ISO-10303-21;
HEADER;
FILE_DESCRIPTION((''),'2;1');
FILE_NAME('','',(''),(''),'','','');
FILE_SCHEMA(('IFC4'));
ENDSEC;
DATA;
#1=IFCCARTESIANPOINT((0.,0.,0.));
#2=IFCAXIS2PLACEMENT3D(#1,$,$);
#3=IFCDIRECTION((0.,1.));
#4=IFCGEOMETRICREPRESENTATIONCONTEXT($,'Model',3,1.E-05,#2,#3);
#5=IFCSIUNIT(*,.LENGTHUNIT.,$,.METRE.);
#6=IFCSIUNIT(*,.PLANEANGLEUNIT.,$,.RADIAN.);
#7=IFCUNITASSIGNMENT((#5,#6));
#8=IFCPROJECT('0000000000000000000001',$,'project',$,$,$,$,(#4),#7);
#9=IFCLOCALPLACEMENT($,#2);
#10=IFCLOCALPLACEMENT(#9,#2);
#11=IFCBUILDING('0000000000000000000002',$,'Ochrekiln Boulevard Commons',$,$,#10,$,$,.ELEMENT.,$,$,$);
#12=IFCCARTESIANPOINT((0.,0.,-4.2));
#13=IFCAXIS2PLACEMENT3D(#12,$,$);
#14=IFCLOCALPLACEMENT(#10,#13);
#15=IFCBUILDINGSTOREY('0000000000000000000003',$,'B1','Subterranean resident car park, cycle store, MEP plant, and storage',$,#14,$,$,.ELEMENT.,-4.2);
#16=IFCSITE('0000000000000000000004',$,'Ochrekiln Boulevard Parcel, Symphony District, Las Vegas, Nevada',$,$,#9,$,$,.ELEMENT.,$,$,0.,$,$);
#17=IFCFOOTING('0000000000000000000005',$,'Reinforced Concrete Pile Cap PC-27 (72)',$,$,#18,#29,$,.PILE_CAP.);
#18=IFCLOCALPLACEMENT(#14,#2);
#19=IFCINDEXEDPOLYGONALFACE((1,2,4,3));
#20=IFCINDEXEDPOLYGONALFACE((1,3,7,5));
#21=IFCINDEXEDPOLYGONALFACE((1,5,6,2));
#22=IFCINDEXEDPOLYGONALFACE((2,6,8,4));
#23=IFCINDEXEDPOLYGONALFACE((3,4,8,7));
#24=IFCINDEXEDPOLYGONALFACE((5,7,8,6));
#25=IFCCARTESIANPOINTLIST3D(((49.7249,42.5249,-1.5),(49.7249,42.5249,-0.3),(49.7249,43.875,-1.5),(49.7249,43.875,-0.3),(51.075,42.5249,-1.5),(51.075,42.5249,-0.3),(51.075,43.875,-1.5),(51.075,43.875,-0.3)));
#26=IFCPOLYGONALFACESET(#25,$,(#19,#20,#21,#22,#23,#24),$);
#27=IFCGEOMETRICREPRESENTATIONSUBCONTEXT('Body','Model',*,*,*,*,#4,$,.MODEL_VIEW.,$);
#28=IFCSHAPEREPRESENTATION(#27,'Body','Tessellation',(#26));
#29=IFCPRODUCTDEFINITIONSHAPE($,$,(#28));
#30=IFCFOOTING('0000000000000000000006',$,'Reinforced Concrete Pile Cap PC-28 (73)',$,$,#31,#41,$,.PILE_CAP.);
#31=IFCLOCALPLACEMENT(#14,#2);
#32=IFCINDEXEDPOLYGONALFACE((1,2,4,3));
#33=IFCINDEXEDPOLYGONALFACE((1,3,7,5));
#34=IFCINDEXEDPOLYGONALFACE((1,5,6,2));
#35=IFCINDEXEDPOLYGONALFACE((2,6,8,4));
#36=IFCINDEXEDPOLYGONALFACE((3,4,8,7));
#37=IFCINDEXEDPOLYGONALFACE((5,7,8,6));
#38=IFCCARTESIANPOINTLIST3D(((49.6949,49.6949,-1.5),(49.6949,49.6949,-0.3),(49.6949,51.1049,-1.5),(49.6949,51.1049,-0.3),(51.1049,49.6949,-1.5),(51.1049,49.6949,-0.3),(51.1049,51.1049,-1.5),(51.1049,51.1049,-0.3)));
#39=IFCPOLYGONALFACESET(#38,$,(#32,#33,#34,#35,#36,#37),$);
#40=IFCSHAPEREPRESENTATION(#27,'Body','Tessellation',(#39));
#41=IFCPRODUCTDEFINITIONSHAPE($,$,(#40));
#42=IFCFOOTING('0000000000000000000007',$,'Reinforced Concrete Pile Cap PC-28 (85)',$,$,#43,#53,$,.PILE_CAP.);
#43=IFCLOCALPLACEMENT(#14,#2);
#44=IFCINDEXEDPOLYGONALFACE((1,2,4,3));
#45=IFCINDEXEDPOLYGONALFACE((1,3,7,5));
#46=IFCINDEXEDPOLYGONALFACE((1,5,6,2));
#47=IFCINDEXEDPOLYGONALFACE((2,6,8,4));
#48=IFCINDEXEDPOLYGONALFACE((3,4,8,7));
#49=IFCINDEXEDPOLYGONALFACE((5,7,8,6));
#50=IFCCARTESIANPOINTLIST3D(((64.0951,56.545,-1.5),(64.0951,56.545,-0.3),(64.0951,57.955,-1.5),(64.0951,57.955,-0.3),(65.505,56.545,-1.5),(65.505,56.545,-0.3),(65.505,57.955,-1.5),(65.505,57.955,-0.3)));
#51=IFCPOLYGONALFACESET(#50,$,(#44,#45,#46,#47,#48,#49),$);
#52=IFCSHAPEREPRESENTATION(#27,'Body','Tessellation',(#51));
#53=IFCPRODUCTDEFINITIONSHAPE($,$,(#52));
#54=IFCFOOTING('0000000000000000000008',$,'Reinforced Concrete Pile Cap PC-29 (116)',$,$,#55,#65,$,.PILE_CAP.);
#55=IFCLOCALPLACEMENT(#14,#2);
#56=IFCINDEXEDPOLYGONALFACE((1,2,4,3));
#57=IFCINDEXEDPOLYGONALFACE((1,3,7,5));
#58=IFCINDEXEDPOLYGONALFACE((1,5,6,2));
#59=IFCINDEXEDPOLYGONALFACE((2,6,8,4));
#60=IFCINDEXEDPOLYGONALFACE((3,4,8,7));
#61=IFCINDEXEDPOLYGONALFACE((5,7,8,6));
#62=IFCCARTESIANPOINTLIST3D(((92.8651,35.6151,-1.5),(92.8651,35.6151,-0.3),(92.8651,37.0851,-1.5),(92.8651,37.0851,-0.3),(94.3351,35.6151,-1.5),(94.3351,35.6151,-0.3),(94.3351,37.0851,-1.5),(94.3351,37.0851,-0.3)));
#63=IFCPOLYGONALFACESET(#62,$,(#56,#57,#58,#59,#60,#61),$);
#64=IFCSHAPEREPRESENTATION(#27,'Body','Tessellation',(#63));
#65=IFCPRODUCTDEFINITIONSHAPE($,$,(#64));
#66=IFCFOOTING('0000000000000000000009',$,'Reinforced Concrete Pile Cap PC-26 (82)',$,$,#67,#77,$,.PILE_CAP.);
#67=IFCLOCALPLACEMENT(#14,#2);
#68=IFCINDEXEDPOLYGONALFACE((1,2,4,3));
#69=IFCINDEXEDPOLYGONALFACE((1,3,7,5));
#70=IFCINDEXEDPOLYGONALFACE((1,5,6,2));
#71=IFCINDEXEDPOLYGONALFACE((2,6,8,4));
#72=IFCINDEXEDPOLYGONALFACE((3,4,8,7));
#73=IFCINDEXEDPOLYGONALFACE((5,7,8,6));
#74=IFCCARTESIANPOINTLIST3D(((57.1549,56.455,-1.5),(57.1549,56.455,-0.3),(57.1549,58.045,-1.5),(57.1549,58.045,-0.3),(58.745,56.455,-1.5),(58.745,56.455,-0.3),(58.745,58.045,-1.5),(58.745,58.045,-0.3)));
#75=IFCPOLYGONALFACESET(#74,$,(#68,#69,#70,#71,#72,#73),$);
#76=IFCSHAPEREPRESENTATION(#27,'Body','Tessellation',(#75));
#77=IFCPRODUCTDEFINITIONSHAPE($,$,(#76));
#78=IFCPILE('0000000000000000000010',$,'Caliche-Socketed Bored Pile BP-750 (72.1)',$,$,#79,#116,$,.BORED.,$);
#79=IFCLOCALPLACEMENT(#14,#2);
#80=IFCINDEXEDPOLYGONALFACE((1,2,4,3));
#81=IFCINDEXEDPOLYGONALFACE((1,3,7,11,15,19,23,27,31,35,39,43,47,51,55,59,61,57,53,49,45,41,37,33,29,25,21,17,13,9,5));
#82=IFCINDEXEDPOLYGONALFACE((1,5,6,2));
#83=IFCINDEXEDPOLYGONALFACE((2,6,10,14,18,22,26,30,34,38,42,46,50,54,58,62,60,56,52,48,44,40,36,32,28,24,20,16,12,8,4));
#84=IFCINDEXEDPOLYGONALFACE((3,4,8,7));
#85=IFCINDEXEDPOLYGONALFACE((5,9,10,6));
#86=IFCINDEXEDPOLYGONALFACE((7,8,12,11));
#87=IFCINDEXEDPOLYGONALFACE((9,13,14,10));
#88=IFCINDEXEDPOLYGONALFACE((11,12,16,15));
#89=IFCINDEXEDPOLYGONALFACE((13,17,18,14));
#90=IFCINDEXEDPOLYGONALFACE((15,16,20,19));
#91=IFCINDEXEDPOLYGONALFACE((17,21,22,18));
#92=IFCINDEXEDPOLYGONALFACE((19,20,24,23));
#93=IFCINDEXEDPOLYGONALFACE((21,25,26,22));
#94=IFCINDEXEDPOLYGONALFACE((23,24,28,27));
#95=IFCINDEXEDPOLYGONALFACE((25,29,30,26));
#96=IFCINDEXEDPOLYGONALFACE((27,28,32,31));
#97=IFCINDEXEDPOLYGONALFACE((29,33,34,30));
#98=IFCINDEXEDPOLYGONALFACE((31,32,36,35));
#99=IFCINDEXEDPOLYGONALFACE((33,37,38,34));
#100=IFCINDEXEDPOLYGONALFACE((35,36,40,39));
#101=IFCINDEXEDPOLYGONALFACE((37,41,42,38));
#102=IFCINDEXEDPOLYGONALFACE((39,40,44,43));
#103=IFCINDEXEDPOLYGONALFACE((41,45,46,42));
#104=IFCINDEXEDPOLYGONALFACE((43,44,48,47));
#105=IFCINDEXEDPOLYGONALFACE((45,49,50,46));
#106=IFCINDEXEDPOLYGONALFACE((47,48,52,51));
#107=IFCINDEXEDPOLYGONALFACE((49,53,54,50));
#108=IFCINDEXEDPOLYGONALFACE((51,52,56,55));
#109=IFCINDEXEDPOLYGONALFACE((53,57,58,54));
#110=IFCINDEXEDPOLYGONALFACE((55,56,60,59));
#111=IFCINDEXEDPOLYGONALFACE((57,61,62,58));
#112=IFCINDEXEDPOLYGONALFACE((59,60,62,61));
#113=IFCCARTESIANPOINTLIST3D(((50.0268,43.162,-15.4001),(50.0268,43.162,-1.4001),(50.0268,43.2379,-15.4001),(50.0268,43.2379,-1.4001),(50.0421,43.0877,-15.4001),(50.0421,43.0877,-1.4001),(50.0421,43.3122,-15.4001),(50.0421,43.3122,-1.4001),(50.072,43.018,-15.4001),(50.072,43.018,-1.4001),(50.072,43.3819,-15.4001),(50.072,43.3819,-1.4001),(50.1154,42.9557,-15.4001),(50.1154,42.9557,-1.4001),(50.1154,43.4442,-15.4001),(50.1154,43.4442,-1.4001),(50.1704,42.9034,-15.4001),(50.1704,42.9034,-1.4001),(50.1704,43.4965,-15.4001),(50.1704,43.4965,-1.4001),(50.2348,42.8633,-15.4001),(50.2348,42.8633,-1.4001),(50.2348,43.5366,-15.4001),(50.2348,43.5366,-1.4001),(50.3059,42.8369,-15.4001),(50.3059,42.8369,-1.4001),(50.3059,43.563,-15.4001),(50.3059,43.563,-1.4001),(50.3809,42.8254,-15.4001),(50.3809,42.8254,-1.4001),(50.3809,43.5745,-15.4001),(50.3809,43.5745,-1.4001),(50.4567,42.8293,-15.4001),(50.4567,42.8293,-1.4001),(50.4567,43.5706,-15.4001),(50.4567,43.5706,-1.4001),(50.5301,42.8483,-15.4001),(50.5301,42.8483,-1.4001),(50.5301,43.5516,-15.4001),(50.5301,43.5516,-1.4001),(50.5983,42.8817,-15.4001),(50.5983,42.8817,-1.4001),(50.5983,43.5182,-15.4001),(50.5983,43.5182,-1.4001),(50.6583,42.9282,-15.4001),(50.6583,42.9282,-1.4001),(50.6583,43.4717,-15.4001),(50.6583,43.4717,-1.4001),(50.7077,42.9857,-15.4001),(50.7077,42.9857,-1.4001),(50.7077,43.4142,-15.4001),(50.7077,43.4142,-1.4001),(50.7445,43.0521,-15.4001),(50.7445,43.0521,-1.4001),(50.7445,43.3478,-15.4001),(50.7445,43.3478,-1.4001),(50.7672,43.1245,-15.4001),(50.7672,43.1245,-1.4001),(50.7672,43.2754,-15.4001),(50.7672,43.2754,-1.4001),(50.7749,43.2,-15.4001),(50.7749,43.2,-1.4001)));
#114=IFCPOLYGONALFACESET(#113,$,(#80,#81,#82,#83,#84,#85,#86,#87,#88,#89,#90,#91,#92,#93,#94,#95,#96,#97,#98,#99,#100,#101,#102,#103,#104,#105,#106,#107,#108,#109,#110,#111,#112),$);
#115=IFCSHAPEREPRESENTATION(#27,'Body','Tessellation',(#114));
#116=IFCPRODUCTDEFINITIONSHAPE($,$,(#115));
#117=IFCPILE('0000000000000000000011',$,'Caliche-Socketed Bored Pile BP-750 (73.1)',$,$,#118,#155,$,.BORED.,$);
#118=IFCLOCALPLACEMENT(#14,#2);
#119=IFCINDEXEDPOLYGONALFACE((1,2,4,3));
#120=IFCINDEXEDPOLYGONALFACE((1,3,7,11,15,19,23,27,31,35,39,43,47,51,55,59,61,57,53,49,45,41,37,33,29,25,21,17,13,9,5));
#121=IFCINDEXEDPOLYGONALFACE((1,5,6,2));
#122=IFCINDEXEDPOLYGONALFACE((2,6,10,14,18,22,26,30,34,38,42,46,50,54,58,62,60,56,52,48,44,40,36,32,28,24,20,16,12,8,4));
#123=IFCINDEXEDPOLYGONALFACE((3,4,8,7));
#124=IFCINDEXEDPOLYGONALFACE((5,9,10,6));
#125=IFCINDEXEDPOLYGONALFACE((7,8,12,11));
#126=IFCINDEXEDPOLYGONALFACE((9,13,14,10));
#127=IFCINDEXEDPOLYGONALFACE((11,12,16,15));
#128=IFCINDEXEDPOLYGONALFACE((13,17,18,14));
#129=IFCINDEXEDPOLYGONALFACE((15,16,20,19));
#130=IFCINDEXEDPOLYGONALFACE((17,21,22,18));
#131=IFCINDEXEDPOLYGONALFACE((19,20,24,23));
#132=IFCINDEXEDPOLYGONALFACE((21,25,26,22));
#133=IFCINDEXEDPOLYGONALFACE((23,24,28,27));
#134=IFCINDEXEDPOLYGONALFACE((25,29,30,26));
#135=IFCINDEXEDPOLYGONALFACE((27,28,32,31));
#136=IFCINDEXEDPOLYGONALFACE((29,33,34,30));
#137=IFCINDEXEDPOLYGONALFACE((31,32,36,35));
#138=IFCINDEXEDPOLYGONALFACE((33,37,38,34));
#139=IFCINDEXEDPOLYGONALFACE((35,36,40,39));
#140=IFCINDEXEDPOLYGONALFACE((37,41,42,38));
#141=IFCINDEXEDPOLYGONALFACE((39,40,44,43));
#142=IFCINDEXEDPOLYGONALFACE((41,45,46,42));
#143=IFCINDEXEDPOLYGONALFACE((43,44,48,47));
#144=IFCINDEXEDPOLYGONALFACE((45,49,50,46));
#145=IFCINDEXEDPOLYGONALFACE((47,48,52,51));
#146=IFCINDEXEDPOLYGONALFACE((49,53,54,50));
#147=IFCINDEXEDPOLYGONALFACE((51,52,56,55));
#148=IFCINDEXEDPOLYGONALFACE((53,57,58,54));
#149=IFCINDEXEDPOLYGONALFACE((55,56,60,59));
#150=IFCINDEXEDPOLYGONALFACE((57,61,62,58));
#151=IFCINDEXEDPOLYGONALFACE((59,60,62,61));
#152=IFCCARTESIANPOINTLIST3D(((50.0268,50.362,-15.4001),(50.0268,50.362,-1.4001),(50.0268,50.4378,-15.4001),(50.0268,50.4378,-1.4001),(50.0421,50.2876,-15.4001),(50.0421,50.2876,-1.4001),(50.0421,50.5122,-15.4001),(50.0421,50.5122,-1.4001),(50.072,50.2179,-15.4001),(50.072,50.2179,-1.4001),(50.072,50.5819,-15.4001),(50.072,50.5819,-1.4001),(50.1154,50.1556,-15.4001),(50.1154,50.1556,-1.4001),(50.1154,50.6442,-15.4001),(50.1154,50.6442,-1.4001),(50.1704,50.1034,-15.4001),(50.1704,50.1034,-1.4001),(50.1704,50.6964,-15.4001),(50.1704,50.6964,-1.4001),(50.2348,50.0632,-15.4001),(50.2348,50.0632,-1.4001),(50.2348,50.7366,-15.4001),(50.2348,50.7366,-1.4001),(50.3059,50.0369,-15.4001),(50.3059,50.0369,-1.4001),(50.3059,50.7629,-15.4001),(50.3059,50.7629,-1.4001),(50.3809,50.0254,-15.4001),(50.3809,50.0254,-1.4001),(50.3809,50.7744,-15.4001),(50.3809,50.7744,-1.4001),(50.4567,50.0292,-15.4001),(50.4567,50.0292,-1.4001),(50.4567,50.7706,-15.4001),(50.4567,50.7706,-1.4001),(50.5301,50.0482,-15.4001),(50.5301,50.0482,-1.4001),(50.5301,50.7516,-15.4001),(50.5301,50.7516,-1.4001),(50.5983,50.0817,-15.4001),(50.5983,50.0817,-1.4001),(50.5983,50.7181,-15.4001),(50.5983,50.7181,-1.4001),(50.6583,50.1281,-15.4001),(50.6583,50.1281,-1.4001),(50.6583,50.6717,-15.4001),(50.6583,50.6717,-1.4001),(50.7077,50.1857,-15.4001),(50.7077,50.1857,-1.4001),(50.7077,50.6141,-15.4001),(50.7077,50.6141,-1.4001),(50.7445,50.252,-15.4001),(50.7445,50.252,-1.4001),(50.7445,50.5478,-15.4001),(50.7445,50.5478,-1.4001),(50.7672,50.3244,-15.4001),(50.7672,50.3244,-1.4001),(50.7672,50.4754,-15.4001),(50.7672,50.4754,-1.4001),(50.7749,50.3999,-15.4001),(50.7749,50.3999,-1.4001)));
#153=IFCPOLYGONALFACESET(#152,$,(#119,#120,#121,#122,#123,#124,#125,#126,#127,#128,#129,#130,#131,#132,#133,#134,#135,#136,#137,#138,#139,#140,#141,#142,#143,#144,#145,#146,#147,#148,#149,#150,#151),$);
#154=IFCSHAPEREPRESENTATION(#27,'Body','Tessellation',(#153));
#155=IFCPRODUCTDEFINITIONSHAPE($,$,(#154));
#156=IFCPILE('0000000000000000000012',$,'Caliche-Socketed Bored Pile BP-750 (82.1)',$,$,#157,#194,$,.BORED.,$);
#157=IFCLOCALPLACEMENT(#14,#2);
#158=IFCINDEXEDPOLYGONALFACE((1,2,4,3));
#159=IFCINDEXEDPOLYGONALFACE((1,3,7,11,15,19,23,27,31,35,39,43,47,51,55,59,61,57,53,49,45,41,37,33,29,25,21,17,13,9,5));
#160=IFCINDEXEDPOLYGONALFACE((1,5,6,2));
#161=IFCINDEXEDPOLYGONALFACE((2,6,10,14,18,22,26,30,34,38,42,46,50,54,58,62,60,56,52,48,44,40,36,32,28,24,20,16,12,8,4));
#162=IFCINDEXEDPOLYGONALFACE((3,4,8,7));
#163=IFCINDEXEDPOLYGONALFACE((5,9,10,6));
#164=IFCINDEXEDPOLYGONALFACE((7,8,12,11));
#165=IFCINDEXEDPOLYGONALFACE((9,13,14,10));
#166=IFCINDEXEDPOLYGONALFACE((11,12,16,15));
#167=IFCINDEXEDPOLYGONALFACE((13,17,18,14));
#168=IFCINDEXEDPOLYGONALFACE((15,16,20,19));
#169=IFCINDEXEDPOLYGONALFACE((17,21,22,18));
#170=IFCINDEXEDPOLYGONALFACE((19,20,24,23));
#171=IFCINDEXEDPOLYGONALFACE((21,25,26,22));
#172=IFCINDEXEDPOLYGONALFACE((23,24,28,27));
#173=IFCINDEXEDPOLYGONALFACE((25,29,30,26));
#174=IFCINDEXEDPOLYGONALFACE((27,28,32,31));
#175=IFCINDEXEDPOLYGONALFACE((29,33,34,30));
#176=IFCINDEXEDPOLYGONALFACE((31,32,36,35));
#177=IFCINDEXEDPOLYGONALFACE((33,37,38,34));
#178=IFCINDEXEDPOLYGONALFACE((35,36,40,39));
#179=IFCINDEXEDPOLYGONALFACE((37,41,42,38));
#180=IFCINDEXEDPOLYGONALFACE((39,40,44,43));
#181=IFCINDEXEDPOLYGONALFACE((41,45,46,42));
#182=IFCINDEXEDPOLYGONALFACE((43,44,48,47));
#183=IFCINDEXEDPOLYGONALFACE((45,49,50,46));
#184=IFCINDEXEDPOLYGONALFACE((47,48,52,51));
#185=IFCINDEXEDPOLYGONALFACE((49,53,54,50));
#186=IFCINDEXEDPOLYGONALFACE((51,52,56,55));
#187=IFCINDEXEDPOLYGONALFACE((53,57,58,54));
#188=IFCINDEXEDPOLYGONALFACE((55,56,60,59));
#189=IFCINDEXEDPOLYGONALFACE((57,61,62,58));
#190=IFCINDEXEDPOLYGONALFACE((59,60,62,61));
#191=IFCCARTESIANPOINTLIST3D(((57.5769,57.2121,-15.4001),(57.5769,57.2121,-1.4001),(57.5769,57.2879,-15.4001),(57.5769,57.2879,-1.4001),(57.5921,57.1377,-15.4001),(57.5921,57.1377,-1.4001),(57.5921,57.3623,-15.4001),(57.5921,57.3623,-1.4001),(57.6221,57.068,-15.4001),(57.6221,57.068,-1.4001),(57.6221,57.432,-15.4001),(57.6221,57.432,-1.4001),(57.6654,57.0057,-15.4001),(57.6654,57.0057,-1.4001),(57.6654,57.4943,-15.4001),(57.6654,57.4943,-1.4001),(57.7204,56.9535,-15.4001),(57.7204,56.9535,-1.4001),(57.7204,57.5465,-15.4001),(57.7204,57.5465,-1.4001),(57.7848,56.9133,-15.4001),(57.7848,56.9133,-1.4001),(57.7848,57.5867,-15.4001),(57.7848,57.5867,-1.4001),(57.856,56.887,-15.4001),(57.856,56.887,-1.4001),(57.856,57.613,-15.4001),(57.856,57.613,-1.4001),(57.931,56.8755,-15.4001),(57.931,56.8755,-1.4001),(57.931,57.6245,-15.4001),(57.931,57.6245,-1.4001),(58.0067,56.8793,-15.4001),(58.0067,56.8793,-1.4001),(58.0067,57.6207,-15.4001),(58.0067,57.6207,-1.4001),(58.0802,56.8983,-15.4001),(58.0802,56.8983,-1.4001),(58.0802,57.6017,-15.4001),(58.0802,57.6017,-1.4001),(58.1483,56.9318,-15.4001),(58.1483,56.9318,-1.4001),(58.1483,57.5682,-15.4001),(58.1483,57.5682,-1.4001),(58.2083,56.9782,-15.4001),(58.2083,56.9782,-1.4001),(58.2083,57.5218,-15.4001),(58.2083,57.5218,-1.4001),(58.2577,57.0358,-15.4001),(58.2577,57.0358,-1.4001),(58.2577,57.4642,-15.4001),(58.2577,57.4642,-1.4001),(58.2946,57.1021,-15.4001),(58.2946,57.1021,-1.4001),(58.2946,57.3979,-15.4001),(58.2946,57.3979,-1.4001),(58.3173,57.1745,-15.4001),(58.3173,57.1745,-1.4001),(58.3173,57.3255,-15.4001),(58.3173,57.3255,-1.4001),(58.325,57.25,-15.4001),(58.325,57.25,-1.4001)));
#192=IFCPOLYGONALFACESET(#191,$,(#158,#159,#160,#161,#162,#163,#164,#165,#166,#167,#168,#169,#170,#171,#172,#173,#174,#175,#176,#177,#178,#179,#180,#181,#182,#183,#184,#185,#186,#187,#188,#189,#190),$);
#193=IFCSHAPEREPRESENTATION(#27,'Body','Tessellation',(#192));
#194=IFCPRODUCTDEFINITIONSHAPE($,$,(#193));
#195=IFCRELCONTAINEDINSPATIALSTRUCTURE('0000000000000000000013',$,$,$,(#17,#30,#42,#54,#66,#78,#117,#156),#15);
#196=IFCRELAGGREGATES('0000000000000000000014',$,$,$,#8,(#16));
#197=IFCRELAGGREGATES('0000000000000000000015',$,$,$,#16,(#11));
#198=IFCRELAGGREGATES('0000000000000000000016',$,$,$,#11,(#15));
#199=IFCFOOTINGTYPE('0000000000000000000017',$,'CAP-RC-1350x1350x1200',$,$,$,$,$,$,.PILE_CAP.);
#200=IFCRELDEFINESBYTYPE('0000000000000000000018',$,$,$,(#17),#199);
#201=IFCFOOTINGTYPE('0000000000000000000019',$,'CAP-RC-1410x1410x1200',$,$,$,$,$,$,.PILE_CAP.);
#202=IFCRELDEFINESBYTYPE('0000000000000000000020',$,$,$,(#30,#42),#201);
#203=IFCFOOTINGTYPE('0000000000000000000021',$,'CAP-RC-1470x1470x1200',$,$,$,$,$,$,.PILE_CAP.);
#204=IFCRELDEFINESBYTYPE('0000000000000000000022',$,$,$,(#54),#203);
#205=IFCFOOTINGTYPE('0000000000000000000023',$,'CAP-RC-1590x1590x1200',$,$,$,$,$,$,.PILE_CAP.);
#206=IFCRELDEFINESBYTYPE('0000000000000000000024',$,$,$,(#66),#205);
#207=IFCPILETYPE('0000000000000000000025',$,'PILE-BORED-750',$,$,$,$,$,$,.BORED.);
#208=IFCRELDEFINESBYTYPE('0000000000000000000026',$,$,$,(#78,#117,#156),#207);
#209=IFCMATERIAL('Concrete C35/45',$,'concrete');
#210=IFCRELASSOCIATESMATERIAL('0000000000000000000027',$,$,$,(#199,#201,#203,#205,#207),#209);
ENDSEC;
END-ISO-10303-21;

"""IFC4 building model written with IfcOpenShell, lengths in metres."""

from ifc_helpers import new_model, si_unit, direction, frame, origin, origin_2d, place, context, subcontext, project, spatial, rectangle, circle, extrude, material, material_profile, profile_set, type_object, element, save


model = new_model("IFC4")

# Units and contexts
model_context = context("Model", 3, precision=1e-05, world=origin(), true_north=direction((0.0, 1.0)))
body_context = subcontext(model_context, "Body", "Model", "MODEL_VIEW")
ifc_project = project(units=[si_unit("LENGTHUNIT", "METRE"), si_unit("PLANEANGLEUNIT", "RADIAN")], contexts=[model_context])

# Site, building, storey
site_placement = place(None, origin())
site = spatial("IfcSite", under=ifc_project, at=site_placement, Name="Ochrekiln Boulevard Parcel, Symphony District, Las Vegas, Nevada", CompositionType="ELEMENT", RefElevation=0.0)
building_placement = place(site_placement, origin())
building = spatial("IfcBuilding", under=site, at=building_placement, Name="Ochrekiln Boulevard Commons", CompositionType="ELEMENT")
storey_placement = place(building_placement, frame((0.0, 0.0, -4.2)))
storey = spatial("IfcBuildingStorey", under=building, at=storey_placement, Name="B1", Description="Subterranean resident car park, cycle store, MEP plant, and storage", CompositionType="ELEMENT", Elevation=-4.2)

# Footings
ifc_material_1 = material(Name="Concrete C35/45", Category="concrete")
footing_type_1 = type_object("IfcFootingType", Name="CAP-RC-1350x1350x1200", PredefinedType="PILE_CAP", material=ifc_material_1)
footing_1_placement = place(storey_placement, frame((50.3999, 43.2, -1.5), z_axis=(0.0, 0.0, 1.0), x_axis=(1.0, 0.0, 0.0)))
element("IfcFooting", 1, at=footing_1_placement, inside=storey, type_object=footing_type_1, Name="Reinforced Concrete Pile Cap PC-27 (72)", PredefinedType="PILE_CAP", context=body_context, shape_type="SweptSolid", body=[
    extrude(rectangle(XDim=1.3501, YDim=1.3501, at=origin_2d()), origin(), (0.0, 0.0, 1.0), 1.2),
])
footing_type_2 = type_object("IfcFootingType", Name="CAP-RC-1410x1410x1200", PredefinedType="PILE_CAP", material=ifc_material_1)
for number, where, z_axis, x_axis, name in (
    (2, (50.3999, 50.3999, -1.5), (0.0, 0.0, 1.0), (1.0, 0.0, 0.0), "Reinforced Concrete Pile Cap PC-28 (73)"),
    (3, (64.8, 57.25, -1.5), (0.0, 0.0, 1.0), (1.0, 0.0, 0.0), "Reinforced Concrete Pile Cap PC-28 (85)"),
):
    element("IfcFooting", number, at=place(storey_placement, frame(where, z_axis=z_axis, x_axis=x_axis)), inside=storey, type_object=footing_type_2, Name=name, PredefinedType="PILE_CAP", context=body_context, shape_type="SweptSolid", body=[
        extrude(rectangle(XDim=1.4099, YDim=1.4099, at=origin_2d()), origin(), (0.0, 0.0, 1.0), 1.2),
    ])
footing_type_3 = type_object("IfcFootingType", Name="CAP-RC-1470x1470x1200", PredefinedType="PILE_CAP", material=ifc_material_1)
footing_2_placement = place(storey_placement, frame((93.6001, 36.3501, -1.5), z_axis=(0.0, 0.0, 1.0), x_axis=(1.0, 0.0, 0.0)))
element("IfcFooting", 4, at=footing_2_placement, inside=storey, type_object=footing_type_3, Name="Reinforced Concrete Pile Cap PC-29 (116)", PredefinedType="PILE_CAP", context=body_context, shape_type="SweptSolid", body=[
    extrude(rectangle(XDim=1.47, YDim=1.47, at=origin_2d()), origin(), (0.0, 0.0, 1.0), 1.2),
])
footing_type_4 = type_object("IfcFootingType", Name="CAP-RC-1590x1590x1200", PredefinedType="PILE_CAP", material=ifc_material_1)
footing_3_placement = place(storey_placement, frame((57.95, 57.25, -1.5), z_axis=(0.0, 0.0, 1.0), x_axis=(1.0, 0.0, 0.0)))
element("IfcFooting", 5, at=footing_3_placement, inside=storey, type_object=footing_type_4, Name="Reinforced Concrete Pile Cap PC-26 (82)", PredefinedType="PILE_CAP", context=body_context, shape_type="SweptSolid", body=[
    extrude(rectangle(XDim=1.5901, YDim=1.5901, at=origin_2d()), origin(), (0.0, 0.0, 1.0), 1.2),
])

# Piles
ifc_material_profile_1 = material_profile(ifc_material_1, circle(Radius=0.375, at=origin_2d()), Name="PILE-D750")
ifc_profile_set_1 = profile_set([ifc_material_profile_1], Name="Concrete C35/45")
pile_type = type_object("IfcPileType", Name="PILE-BORED-750", PredefinedType="BORED", material=ifc_profile_set_1)
for number, where, z_axis, x_axis, name in (
    (6, (50.3999, 43.2, -1.4001), (0.0, 0.0, -1.0), (1.0, 0.0, 0.0), "Caliche-Socketed Bored Pile BP-750 (72.1)"),
    (7, (50.3999, 50.3999, -1.4001), (0.0, 0.0, -1.0), (1.0, 0.0, 0.0), "Caliche-Socketed Bored Pile BP-750 (73.1)"),
    (8, (57.95, 57.25, -1.4001), (0.0, 0.0, -1.0), (1.0, 0.0, 0.0), "Caliche-Socketed Bored Pile BP-750 (82.1)"),
):
    element("IfcPile", number, at=place(storey_placement, frame(where, z_axis=z_axis, x_axis=x_axis)), inside=storey, type_object=pile_type, Name=name, PredefinedType="BORED", context=body_context, shape_type="SweptSolid", body=[
        extrude(circle(Radius=0.375, at=origin_2d()), origin(), (0.0, 0.0, 1.0), 14.0),
    ])

save(model, "model.ifc")
